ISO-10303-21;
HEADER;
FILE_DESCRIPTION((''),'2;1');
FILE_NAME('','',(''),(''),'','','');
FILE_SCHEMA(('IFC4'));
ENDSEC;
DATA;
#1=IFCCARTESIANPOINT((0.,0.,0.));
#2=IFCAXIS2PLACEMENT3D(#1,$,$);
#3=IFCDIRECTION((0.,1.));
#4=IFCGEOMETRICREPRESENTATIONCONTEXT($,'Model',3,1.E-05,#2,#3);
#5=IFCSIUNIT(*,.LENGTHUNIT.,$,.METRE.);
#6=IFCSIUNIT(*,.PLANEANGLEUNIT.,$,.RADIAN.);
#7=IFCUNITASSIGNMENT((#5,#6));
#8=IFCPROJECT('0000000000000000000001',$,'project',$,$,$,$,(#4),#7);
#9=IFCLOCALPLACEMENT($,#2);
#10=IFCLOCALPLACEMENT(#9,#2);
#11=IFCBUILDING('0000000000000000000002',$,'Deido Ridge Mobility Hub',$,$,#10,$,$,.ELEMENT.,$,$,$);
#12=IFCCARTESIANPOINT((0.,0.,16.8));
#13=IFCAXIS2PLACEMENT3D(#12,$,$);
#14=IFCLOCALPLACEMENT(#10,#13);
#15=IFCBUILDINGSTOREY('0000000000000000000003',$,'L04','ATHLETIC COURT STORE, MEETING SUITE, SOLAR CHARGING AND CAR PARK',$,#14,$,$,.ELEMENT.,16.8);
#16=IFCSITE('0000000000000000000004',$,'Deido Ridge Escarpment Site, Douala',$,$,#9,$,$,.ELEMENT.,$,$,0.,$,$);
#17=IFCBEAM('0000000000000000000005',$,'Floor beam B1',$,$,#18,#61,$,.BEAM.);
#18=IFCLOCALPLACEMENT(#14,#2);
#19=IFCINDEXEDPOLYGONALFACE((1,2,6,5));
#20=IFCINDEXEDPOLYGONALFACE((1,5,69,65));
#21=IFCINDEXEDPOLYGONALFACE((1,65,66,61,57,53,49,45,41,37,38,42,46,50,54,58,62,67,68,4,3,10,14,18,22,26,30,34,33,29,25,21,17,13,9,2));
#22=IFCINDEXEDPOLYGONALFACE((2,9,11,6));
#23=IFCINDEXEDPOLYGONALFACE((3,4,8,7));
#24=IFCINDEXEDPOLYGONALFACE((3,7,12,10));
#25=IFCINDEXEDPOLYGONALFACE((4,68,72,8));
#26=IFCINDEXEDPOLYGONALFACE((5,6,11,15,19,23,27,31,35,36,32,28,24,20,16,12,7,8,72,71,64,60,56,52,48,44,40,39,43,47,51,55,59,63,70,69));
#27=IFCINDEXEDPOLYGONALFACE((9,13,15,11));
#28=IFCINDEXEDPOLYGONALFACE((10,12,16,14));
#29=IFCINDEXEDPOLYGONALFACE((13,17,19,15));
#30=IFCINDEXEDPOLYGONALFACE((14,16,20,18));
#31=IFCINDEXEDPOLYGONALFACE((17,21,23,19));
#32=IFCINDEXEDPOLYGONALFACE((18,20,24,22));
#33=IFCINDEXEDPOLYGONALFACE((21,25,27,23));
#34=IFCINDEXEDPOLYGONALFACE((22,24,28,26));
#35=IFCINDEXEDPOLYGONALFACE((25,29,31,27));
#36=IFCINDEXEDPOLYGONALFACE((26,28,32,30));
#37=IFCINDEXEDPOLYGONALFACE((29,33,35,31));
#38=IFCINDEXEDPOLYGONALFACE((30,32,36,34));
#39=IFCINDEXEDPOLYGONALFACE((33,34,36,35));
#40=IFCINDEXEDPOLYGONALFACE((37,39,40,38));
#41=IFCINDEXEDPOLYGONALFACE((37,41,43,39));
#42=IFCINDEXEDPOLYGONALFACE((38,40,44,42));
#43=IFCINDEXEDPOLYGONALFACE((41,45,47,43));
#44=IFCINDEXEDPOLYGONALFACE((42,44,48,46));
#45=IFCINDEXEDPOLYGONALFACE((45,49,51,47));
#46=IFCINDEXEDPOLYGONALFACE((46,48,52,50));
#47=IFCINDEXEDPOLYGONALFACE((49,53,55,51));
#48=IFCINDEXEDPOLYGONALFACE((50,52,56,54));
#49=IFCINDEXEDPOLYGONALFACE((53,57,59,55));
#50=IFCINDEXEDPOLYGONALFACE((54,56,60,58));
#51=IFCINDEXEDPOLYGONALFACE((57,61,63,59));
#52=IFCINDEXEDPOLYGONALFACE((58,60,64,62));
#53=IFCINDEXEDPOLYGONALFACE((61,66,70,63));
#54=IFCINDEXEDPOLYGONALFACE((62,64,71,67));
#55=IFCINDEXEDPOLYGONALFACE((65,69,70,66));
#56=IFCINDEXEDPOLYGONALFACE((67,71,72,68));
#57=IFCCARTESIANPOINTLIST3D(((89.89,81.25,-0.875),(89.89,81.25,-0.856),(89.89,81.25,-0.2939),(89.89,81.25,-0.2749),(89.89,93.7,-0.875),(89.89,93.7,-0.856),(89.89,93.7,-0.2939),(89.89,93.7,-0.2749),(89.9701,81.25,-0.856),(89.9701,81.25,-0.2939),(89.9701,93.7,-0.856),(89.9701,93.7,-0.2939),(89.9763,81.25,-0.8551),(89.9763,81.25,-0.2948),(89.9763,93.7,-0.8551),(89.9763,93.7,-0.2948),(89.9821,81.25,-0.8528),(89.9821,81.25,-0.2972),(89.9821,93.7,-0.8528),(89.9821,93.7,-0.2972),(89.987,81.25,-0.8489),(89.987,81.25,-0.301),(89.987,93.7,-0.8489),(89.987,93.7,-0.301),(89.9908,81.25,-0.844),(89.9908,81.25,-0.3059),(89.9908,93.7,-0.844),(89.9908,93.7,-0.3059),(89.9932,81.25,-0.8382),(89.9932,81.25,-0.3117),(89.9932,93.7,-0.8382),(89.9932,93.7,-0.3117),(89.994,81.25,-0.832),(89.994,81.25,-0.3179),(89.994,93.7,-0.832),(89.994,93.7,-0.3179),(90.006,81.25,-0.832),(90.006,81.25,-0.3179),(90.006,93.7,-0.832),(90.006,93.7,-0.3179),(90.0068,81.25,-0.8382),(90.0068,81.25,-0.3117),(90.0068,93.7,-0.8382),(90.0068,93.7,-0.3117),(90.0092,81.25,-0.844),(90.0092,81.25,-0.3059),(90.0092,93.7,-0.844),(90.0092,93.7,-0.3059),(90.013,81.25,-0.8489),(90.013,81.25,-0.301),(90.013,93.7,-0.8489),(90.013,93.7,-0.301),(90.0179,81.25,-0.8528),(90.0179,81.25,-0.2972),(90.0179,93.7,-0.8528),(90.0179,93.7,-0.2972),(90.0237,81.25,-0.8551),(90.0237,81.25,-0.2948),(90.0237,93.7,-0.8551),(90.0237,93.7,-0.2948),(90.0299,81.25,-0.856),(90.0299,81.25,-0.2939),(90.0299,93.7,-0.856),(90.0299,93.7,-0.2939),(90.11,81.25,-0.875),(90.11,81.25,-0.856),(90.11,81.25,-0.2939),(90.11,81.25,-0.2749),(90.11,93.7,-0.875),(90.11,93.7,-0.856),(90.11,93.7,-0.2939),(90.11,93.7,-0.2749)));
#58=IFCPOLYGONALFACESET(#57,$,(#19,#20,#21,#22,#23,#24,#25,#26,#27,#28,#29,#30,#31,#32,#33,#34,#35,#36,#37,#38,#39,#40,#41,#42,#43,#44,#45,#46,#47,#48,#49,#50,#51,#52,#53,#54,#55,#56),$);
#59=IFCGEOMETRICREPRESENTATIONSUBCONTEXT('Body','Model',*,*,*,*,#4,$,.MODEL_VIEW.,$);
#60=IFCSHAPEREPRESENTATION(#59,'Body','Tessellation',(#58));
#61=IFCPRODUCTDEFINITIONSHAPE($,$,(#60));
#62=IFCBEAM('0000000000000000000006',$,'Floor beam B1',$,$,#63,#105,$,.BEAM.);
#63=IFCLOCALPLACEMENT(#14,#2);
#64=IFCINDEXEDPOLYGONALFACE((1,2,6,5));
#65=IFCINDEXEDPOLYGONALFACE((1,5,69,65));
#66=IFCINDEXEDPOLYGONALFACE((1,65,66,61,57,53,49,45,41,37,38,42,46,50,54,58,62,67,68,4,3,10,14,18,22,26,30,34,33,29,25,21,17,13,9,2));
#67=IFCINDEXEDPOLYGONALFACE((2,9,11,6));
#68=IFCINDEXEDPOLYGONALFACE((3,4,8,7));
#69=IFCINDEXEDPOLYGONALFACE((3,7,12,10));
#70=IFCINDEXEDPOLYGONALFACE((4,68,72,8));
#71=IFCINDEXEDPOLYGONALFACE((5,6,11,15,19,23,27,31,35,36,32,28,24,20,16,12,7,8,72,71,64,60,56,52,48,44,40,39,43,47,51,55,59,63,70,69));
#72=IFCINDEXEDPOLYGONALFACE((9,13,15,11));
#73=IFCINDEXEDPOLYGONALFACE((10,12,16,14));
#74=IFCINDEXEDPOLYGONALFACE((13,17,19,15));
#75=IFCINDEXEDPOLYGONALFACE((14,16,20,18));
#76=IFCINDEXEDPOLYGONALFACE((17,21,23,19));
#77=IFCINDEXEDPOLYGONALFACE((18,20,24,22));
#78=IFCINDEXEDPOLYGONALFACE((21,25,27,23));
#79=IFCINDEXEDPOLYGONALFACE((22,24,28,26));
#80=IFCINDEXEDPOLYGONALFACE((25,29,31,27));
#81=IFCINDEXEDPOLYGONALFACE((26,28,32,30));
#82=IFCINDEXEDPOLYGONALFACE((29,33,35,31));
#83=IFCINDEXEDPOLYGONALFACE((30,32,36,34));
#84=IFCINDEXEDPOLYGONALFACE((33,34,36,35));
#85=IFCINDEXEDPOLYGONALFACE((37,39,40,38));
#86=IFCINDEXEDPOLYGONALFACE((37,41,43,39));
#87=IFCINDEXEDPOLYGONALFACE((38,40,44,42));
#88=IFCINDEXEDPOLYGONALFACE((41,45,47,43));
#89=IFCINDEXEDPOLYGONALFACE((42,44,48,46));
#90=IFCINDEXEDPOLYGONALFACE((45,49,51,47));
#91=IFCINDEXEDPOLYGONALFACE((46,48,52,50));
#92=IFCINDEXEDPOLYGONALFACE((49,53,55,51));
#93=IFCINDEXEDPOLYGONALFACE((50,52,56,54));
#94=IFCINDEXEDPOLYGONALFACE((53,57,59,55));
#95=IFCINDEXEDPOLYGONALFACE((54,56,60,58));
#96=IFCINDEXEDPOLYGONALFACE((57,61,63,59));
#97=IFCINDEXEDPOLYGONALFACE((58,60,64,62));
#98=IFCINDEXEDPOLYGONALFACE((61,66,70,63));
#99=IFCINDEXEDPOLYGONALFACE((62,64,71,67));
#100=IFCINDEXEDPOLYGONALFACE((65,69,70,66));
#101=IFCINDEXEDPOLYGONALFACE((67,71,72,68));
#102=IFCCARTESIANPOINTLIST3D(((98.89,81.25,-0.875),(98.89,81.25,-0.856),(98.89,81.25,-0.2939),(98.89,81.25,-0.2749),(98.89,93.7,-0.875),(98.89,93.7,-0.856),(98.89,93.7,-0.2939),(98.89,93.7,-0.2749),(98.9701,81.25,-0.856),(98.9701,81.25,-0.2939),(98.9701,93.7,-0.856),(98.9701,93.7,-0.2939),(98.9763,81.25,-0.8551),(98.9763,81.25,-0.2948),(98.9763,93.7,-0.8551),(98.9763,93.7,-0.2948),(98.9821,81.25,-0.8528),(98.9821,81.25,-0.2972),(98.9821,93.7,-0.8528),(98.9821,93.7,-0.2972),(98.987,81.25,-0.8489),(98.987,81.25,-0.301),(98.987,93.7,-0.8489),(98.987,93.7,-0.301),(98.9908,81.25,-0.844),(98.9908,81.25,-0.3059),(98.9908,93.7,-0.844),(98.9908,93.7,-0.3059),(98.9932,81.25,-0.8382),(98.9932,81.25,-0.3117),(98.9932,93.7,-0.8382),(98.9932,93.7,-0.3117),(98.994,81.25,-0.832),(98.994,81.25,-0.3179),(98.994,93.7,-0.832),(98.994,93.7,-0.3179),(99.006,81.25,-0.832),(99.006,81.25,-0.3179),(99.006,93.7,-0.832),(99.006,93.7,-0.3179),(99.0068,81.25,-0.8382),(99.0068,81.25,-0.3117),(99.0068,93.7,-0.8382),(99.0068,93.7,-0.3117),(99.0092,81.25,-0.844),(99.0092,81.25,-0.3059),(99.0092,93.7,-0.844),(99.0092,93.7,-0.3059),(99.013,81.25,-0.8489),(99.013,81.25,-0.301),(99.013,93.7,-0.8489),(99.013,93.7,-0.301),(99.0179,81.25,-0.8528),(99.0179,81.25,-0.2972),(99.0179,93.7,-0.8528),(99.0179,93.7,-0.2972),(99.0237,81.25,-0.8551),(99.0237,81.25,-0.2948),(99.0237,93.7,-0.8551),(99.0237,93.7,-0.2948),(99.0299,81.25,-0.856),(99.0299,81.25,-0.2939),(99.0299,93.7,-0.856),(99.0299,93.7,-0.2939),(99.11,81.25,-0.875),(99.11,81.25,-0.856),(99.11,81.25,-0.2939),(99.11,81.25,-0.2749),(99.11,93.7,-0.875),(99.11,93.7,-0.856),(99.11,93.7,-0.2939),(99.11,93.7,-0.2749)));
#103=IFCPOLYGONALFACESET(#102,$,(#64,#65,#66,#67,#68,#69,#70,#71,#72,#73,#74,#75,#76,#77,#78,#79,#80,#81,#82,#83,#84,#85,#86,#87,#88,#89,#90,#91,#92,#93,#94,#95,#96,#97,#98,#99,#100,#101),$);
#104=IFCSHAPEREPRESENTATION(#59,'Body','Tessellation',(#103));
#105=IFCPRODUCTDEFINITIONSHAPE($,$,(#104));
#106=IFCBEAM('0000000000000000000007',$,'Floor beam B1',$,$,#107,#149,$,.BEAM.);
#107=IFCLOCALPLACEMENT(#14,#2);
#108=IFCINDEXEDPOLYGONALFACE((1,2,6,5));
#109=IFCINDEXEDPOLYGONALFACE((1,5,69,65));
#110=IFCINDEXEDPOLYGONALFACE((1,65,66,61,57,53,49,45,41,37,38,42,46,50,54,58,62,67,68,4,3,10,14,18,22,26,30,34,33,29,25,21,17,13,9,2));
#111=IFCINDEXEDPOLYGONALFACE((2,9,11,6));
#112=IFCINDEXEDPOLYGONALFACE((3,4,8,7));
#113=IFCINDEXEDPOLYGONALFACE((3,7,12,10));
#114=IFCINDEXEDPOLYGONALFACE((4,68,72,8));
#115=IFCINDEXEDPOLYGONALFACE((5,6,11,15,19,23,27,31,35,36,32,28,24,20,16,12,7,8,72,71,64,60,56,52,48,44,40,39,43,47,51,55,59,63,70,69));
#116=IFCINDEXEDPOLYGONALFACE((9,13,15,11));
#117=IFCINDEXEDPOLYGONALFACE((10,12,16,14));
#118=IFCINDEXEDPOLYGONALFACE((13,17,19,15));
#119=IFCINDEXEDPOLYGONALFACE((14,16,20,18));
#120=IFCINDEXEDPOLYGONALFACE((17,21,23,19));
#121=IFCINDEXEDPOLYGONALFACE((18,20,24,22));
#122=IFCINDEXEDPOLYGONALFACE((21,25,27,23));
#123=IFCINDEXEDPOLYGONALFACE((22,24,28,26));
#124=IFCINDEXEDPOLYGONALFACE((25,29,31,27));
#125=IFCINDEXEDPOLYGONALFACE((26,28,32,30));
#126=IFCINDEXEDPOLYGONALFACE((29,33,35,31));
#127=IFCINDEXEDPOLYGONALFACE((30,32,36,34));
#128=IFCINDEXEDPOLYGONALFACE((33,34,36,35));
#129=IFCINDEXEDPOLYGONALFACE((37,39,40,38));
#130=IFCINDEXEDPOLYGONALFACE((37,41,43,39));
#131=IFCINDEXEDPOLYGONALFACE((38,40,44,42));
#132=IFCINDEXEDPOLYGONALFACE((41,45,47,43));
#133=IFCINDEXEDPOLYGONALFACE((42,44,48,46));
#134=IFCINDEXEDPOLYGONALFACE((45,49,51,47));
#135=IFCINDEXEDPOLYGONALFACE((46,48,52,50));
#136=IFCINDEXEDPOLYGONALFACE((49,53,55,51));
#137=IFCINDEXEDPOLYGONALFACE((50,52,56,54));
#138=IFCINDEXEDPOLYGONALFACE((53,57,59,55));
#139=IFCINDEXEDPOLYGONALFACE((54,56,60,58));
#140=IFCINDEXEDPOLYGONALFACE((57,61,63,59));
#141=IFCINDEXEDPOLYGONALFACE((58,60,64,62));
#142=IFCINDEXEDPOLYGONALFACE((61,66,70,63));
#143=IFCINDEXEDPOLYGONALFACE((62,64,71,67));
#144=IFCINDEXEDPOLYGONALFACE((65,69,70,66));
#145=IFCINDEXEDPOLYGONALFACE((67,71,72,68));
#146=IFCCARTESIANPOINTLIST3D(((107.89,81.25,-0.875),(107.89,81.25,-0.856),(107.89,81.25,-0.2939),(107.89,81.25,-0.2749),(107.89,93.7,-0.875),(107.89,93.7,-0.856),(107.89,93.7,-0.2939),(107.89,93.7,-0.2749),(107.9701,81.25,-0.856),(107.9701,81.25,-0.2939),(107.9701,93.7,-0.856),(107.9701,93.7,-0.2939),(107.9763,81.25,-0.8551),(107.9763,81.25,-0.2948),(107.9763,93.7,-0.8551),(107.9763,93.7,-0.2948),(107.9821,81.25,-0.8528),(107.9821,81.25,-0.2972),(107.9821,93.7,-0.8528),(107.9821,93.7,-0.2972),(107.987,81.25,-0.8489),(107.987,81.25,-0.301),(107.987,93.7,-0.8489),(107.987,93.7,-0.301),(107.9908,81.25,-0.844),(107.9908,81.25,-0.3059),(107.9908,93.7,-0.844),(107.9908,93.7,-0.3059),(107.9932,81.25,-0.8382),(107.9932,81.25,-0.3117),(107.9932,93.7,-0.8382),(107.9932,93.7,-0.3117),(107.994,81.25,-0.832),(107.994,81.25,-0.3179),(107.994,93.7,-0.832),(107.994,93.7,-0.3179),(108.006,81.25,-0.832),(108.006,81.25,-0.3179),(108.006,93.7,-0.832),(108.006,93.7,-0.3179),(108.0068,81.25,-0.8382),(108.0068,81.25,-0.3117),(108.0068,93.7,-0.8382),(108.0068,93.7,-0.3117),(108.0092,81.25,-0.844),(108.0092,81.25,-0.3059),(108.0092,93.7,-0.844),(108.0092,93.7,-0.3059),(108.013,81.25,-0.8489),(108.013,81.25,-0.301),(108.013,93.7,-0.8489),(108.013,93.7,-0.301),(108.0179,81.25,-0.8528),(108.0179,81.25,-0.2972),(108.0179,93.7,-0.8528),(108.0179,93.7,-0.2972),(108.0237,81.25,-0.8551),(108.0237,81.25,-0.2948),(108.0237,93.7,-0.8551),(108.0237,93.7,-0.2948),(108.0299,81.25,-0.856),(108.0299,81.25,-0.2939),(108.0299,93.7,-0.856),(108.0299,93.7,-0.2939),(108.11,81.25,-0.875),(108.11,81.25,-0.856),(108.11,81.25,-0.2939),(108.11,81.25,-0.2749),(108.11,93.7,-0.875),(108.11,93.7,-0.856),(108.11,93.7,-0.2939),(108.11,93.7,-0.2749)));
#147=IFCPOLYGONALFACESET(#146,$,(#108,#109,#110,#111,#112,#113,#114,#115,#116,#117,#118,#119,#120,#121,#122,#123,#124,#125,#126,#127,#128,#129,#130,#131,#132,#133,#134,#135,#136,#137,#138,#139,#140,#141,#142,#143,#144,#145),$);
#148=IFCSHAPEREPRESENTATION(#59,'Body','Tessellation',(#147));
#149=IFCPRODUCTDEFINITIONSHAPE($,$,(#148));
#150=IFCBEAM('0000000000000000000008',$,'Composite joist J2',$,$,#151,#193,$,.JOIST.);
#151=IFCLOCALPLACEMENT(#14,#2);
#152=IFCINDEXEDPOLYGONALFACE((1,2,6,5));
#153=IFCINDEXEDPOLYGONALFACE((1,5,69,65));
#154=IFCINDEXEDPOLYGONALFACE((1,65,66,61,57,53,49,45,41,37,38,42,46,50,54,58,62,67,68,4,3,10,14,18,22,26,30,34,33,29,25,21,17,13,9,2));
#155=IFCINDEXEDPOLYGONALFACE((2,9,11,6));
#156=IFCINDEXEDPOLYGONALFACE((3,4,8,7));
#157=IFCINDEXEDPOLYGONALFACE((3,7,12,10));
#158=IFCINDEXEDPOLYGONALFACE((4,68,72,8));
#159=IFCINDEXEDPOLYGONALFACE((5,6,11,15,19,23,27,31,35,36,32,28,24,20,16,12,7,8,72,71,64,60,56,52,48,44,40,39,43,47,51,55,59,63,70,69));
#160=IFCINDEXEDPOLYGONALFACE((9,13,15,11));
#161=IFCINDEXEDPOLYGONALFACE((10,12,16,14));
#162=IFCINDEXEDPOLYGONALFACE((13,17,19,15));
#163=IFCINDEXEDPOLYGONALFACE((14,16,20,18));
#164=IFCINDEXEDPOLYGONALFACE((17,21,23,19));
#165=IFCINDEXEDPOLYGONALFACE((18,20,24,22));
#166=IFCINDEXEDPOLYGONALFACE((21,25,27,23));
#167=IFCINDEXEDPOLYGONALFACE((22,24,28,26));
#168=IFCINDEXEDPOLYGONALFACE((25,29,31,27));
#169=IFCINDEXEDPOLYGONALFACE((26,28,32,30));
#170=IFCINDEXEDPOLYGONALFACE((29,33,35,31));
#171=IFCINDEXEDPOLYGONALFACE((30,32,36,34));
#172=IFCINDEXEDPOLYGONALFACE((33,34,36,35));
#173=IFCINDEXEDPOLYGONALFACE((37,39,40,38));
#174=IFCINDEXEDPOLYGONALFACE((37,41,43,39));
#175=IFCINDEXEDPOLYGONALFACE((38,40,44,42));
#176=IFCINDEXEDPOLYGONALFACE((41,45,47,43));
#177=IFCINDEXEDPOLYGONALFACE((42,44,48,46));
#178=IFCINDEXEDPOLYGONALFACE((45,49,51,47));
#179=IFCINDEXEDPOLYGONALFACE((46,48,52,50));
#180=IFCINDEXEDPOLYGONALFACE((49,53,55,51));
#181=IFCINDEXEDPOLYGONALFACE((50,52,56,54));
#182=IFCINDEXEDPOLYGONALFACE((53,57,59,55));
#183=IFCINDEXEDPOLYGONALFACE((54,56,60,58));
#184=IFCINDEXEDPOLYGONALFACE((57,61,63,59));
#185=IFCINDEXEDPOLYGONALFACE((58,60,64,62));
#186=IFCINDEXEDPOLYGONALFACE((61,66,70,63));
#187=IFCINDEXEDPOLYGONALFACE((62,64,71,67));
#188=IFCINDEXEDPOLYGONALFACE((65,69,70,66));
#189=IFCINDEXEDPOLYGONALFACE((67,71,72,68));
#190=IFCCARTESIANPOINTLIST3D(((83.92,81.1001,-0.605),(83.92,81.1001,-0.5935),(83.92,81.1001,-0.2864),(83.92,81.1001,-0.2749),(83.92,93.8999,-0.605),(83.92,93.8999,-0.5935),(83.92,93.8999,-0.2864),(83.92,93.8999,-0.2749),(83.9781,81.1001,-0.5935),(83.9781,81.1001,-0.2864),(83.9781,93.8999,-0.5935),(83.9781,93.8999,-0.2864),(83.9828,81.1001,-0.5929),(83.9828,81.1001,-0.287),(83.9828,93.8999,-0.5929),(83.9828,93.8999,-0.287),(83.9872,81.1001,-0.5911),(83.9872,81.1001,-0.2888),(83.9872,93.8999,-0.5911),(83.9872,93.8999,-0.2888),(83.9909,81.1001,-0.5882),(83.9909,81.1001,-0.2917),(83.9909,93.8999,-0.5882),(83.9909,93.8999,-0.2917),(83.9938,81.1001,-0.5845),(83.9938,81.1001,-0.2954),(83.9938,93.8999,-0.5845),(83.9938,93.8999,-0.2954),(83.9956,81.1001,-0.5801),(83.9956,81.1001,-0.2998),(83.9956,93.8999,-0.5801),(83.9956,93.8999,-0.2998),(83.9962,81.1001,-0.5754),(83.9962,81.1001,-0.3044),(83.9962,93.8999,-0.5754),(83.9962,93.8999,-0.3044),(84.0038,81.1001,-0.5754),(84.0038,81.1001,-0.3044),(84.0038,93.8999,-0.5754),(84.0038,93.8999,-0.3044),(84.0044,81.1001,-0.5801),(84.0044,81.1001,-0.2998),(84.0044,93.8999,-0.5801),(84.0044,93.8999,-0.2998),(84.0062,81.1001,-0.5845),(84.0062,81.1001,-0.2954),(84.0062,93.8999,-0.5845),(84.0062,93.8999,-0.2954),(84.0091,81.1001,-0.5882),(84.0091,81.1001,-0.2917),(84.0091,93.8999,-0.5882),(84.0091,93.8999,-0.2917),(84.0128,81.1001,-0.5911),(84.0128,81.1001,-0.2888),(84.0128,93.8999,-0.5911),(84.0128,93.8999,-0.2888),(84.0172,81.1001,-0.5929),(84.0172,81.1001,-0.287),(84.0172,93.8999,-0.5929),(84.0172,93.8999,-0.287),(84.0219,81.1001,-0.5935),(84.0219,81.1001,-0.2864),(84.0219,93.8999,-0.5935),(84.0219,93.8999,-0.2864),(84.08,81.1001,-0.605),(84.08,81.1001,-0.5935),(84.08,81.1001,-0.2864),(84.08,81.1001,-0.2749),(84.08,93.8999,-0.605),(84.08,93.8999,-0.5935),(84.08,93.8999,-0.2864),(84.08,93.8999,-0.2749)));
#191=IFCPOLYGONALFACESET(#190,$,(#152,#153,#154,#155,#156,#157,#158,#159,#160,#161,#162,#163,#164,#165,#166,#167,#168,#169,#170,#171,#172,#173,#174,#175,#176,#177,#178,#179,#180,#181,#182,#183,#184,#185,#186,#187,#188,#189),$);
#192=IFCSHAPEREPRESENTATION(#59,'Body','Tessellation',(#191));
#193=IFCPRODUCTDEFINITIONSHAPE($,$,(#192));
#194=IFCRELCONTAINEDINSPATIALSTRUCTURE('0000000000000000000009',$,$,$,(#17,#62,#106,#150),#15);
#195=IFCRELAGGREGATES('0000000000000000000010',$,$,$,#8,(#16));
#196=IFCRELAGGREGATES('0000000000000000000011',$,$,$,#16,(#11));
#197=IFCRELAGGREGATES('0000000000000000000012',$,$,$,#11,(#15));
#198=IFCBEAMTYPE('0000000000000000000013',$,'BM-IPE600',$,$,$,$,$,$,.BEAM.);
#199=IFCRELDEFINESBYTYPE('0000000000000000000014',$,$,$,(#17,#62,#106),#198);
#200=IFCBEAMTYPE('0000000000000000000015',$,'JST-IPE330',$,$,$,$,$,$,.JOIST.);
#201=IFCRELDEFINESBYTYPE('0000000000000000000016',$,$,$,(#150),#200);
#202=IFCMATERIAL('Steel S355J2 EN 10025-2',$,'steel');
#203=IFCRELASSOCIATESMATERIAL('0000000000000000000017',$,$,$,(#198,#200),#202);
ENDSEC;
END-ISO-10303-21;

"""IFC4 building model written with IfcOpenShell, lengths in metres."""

from ifc_helpers import new_model, si_unit, direction, frame, origin, origin_2d, place, context, subcontext, project, spatial, i_section, extrude, material, material_profile, profile_set, type_object, element, save


model = new_model("IFC4")

# Units and contexts
model_context = context("Model", 3, precision=1e-05, world=origin(), true_north=direction((0.0, 1.0)))
body_context = subcontext(model_context, "Body", "Model", "MODEL_VIEW")
ifc_project = project(units=[si_unit("LENGTHUNIT", "METRE"), si_unit("PLANEANGLEUNIT", "RADIAN")], contexts=[model_context])

# Site, building, storey
site_placement = place(None, origin())
site = spatial("IfcSite", under=ifc_project, at=site_placement, Name="Deido Ridge Escarpment Site, Douala", CompositionType="ELEMENT", RefElevation=0.0)
building_placement = place(site_placement, origin())
building = spatial("IfcBuilding", under=site, at=building_placement, Name="Deido Ridge Mobility Hub", CompositionType="ELEMENT")
storey_placement = place(building_placement, frame((0.0, 0.0, 16.8)))
storey = spatial("IfcBuildingStorey", under=building, at=storey_placement, Name="L04", Description="ATHLETIC COURT STORE, MEETING SUITE, SOLAR CHARGING AND CAR PARK", CompositionType="ELEMENT", Elevation=16.8)

# Shared definitions
ifc_material_1 = material(Name="Steel S355J2 EN 10025-2", Category="steel")

# Beams
ifc_material_profile_1 = material_profile(ifc_material_1, i_section(OverallWidth=0.22, OverallDepth=0.6001, WebThickness=0.012, FlangeThickness=0.019, FilletRadius=0.0239, at=origin_2d()), Name="IPE 600")
ifc_profile_set_1 = profile_set([ifc_material_profile_1], Name="Steel S355J2 EN 10025-2")
beam_type_1 = type_object("IfcBeamType", Name="BM-IPE600", PredefinedType="BEAM", material=ifc_profile_set_1)
for number, where, z_axis, x_axis, name in (
    (1, (90.0, 81.25, -0.575), (0.0, 1.0, 0.0), (-1.0, 0.0, 0.0), "Floor beam B1"),
    (2, (99.0, 81.25, -0.575), (0.0, 1.0, 0.0), (-1.0, 0.0, 0.0), "Floor beam B1"),
    (3, (108.0, 81.25, -0.575), (0.0, 1.0, 0.0), (-1.0, 0.0, 0.0), "Floor beam B1"),
):
    element("IfcBeam", number, at=place(storey_placement, frame(where, z_axis=z_axis, x_axis=x_axis)), inside=storey, type_object=beam_type_1, Name=name, PredefinedType="BEAM", context=body_context, shape_type="SweptSolid", body=[
        extrude(i_section(OverallWidth=0.22, OverallDepth=0.6001, WebThickness=0.012, FlangeThickness=0.019, FilletRadius=0.0239, at=origin_2d()), origin(), (0.0, 0.0, 1.0), 12.45),
    ])
ifc_material_profile_2 = material_profile(ifc_material_1, i_section(OverallWidth=0.1599, OverallDepth=0.3301, WebThickness=0.0076, FlangeThickness=0.0115, FilletRadius=0.0181, at=origin_2d()), Name="IPE 330")
ifc_profile_set_2 = profile_set([ifc_material_profile_2], Name="Steel S355J2 EN 10025-2")
beam_type_2 = type_object("IfcBeamType", Name="JST-IPE330", PredefinedType="JOIST", material=ifc_profile_set_2)
for number, where, z_axis, x_axis, name in (
    (4, (84.0, 81.1001, -0.4399), (0.0, 1.0, 0.0), (-1.0, 0.0, 0.0), "Composite joist J2"),
):
    element("IfcBeam", number, at=place(storey_placement, frame(where, z_axis=z_axis, x_axis=x_axis)), inside=storey, type_object=beam_type_2, Name=name, PredefinedType="JOIST", context=body_context, shape_type="SweptSolid", body=[
        extrude(i_section(OverallWidth=0.1599, OverallDepth=0.3301, WebThickness=0.0076, FlangeThickness=0.0115, FilletRadius=0.0181, at=origin_2d()), origin(), (0.0, 0.0, 1.0), 12.7998),
    ])

save(model, "model.ifc")
